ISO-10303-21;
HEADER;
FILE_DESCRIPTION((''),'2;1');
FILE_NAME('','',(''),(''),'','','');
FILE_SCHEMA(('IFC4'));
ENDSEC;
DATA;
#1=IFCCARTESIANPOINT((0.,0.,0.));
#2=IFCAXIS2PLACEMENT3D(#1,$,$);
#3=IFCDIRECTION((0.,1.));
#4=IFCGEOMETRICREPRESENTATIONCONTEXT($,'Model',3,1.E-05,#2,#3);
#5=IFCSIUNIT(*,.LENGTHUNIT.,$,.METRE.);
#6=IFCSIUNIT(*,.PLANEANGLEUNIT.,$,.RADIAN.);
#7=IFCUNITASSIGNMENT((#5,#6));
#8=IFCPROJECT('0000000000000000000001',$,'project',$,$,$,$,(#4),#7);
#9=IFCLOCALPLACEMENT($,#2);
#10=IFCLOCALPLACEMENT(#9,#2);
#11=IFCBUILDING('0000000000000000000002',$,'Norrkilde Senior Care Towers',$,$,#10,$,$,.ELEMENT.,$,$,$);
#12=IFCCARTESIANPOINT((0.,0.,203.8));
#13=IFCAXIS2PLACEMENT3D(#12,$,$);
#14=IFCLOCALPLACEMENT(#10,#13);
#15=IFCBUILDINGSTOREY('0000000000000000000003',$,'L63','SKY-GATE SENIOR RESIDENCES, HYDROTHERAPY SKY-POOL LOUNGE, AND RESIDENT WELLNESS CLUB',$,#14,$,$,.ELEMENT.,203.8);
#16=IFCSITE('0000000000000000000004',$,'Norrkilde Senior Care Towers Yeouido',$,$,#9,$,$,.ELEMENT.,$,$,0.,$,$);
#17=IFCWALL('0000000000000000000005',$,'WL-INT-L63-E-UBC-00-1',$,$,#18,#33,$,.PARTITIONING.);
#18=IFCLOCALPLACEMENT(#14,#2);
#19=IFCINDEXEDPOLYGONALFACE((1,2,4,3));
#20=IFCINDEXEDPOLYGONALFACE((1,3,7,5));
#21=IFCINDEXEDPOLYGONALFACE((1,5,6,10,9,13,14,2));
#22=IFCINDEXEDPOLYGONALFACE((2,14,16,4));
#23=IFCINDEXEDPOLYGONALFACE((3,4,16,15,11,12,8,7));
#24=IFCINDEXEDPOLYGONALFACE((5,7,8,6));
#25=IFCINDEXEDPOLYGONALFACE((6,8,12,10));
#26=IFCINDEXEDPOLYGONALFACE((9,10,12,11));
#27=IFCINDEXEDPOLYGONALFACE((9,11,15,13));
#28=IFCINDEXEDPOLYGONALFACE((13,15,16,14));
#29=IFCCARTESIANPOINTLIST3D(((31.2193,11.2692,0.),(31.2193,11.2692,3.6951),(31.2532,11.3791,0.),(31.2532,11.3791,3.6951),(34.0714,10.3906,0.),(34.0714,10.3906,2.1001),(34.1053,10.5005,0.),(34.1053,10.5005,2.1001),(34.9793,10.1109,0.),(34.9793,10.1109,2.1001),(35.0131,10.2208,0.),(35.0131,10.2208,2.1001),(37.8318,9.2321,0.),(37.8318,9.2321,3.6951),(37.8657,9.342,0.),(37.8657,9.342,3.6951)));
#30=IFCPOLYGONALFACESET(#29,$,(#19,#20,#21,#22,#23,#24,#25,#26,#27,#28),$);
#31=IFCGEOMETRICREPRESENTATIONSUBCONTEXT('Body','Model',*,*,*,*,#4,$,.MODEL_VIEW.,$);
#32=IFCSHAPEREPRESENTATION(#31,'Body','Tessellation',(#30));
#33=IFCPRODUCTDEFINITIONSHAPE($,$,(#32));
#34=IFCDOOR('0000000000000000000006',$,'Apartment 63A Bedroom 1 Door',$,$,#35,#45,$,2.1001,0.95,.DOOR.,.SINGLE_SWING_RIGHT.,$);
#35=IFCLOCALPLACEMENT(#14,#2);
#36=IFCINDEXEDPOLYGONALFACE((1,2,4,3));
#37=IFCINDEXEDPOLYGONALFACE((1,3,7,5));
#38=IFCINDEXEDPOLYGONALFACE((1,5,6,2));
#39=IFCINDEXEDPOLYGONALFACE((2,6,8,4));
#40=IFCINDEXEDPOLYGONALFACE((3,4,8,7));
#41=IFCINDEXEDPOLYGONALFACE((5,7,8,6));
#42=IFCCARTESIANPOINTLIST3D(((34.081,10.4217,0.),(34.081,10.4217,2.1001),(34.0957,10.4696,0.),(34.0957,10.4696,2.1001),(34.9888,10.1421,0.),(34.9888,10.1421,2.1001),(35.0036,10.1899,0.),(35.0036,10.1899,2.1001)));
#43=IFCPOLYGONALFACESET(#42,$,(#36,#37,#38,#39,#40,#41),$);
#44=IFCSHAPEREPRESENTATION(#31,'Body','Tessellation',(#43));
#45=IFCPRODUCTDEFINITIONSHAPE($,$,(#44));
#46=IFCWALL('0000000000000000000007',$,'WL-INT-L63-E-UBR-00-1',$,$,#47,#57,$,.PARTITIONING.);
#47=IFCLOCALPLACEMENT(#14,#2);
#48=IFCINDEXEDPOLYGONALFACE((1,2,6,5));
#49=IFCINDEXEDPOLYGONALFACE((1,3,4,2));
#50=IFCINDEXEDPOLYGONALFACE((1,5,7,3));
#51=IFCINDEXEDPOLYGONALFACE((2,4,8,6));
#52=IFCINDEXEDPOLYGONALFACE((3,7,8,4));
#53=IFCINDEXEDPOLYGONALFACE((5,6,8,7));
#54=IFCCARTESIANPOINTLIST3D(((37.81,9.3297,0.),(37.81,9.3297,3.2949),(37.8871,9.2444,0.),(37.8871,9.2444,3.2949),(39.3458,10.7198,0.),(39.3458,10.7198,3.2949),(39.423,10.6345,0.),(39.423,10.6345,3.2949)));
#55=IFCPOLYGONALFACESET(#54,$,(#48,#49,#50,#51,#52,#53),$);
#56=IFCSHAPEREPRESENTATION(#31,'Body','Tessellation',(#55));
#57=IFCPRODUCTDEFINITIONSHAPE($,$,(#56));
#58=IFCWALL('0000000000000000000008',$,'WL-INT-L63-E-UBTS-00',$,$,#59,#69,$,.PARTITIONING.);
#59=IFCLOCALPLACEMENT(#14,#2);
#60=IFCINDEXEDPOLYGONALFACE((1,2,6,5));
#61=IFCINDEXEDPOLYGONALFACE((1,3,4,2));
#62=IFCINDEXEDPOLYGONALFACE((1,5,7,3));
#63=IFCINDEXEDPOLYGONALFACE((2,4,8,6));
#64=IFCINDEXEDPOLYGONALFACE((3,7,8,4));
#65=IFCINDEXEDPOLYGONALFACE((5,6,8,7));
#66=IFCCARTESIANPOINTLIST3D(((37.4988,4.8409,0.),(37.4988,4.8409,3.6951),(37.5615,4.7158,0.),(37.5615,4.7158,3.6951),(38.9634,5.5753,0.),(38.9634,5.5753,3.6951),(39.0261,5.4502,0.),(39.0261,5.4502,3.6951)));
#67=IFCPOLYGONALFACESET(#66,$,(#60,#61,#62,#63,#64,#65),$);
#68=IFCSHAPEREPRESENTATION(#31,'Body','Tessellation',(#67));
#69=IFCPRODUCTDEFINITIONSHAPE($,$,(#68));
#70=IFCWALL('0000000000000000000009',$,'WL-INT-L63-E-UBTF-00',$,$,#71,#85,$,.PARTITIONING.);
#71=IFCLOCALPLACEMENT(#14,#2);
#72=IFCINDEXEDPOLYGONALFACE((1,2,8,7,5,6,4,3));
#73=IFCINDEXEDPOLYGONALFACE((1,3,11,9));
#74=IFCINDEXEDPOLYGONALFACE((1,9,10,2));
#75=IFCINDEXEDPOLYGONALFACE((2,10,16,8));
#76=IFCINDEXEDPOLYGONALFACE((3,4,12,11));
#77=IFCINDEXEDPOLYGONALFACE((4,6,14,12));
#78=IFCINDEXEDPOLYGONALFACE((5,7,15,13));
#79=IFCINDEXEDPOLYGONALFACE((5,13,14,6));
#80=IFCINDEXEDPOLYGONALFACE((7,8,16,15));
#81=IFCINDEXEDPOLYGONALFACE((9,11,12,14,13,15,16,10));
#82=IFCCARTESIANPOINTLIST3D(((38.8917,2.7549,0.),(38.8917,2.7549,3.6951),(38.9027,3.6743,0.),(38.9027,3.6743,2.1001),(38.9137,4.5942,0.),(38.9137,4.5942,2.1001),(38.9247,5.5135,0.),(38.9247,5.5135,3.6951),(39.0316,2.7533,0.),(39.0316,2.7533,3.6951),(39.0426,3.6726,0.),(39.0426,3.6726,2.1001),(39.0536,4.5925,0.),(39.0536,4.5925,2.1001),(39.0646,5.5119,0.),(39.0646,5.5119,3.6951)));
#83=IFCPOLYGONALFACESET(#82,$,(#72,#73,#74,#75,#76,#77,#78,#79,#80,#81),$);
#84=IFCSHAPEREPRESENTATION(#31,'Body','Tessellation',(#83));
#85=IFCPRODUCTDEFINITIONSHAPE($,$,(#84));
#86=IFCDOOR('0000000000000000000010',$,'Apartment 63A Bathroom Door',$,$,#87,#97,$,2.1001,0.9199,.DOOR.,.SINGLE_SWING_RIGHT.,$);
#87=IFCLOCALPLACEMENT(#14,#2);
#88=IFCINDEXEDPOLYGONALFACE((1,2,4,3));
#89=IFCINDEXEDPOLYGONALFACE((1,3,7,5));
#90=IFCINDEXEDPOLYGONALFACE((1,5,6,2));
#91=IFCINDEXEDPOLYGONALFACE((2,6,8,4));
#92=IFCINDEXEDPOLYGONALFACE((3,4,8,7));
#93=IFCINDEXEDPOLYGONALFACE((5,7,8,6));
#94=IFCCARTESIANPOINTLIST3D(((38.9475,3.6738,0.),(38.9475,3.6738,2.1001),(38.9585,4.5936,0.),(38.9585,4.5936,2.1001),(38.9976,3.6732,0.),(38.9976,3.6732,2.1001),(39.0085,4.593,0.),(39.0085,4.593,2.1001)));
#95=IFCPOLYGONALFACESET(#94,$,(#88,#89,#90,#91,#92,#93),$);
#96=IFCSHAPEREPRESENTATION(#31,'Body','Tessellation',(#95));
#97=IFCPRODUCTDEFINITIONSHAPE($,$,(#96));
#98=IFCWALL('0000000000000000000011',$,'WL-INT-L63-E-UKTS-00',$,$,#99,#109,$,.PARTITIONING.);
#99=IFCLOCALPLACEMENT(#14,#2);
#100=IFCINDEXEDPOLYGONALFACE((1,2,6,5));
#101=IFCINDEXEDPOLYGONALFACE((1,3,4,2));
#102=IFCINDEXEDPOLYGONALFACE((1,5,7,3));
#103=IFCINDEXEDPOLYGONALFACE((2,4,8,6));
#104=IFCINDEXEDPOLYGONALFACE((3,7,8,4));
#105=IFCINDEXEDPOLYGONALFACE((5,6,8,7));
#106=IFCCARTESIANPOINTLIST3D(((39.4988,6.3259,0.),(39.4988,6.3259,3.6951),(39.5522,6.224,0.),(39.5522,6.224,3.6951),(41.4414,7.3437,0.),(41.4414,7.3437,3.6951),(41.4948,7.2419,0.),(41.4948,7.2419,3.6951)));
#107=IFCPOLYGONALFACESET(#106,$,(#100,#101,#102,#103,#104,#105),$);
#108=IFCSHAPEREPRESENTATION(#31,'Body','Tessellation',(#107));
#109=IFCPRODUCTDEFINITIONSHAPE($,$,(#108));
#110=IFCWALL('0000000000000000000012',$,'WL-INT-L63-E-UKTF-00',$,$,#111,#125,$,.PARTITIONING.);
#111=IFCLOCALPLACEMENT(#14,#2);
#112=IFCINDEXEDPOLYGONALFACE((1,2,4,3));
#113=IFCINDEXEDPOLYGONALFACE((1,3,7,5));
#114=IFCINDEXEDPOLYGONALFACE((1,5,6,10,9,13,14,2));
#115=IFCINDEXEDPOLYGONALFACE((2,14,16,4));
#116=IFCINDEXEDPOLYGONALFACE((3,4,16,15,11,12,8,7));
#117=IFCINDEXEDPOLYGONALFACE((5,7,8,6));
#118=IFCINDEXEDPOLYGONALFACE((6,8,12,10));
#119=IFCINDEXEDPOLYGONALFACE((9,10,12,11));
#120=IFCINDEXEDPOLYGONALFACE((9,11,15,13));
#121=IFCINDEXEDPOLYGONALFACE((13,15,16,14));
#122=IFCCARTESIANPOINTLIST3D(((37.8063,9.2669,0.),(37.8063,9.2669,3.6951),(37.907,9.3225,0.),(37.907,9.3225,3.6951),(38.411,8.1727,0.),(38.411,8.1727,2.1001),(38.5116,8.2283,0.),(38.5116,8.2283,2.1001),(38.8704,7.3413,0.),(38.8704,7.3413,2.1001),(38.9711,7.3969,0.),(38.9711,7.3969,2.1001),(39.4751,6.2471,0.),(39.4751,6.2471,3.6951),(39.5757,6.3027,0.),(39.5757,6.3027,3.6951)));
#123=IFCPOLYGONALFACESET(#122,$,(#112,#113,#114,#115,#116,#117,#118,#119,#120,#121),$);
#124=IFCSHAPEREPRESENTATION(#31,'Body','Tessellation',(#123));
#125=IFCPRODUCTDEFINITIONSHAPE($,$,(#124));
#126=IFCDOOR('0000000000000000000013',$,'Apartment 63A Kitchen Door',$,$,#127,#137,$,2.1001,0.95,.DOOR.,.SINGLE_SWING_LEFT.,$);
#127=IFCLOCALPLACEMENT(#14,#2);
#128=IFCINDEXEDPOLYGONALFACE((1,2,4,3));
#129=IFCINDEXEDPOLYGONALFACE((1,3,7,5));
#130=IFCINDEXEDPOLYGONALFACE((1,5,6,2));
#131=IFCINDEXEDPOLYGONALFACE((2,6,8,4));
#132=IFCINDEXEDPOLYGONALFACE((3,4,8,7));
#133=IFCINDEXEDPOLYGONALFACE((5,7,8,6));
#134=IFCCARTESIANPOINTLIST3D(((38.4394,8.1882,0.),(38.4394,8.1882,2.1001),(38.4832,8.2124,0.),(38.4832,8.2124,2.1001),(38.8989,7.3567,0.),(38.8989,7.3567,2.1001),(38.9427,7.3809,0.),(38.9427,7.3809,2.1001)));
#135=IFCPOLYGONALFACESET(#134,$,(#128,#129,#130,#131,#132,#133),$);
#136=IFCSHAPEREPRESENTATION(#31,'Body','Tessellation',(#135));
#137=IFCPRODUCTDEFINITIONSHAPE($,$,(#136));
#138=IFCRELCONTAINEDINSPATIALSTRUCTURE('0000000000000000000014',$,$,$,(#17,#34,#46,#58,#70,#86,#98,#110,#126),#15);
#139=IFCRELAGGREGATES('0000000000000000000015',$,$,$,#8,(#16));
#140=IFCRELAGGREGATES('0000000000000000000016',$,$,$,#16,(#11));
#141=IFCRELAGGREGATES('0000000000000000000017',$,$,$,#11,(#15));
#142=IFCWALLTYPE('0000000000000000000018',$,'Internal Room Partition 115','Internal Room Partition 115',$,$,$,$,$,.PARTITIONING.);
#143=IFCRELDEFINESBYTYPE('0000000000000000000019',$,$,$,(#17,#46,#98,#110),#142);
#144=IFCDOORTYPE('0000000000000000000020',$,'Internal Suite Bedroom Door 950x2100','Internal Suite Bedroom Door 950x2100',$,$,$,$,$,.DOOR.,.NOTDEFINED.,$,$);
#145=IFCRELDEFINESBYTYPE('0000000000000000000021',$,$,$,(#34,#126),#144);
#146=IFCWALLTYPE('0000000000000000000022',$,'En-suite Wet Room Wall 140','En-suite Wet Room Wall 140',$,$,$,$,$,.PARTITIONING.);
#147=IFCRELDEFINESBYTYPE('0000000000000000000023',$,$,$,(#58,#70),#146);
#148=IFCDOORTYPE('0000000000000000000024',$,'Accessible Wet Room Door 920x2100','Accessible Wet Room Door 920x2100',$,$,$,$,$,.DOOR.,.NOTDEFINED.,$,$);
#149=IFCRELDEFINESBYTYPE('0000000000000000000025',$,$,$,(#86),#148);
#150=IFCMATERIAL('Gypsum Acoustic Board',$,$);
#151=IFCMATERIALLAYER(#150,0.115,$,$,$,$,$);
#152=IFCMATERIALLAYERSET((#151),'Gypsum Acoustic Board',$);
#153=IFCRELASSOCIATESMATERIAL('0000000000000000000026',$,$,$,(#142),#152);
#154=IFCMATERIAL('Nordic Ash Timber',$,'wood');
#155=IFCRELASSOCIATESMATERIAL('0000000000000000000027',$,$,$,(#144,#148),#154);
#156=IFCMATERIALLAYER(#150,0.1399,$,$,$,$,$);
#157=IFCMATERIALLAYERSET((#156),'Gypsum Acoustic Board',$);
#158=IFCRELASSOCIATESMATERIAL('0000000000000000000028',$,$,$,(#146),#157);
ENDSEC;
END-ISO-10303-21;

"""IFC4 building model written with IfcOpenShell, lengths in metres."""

from ifc_helpers import new_model, si_unit, direction, frame, frame_2d, origin, place, context, subcontext, project, spatial, rectangle, extrude, source, transform, mapped, material, layer, layer_set, type_object, type_shapes, element, fill, save


model = new_model("IFC4")

# Units and contexts
model_context = context("Model", 3, precision=1e-05, world=origin(), true_north=direction((0.0, 1.0)))
body_context = subcontext(model_context, "Body", "Model", "MODEL_VIEW")
ifc_project = project(units=[si_unit("LENGTHUNIT", "METRE"), si_unit("PLANEANGLEUNIT", "RADIAN")], contexts=[model_context])

# Site, building, storey
site_placement = place(None, origin())
site = spatial("IfcSite", under=ifc_project, at=site_placement, Name="Norrkilde Senior Care Towers Yeouido", CompositionType="ELEMENT", RefElevation=0.0)
building_placement = place(site_placement, origin())
building = spatial("IfcBuilding", under=site, at=building_placement, Name="Norrkilde Senior Care Towers", CompositionType="ELEMENT")
storey_placement = place(building_placement, frame((0.0, 0.0, 203.8)))
storey = spatial("IfcBuildingStorey", under=building, at=storey_placement, Name="L63", Description="SKY-GATE SENIOR RESIDENCES, HYDROTHERAPY SKY-POOL LOUNGE, AND RESIDENT WELLNESS CLUB", CompositionType="ELEMENT", Elevation=203.8)

# Shared definitions
ifc_material_1 = material(Name="Gypsum Acoustic Board")

# Wall, opening, door
ifc_layer_1 = layer(ifc_material_1, 0.115)
ifc_layer_set_1 = layer_set([ifc_layer_1], Name="Gypsum Acoustic Board")
wall_type_1 = type_object("IfcWallType", Name="Internal Room Partition 115", Description="Internal Room Partition 115", PredefinedType="PARTITIONING", material=ifc_layer_set_1)
shared_shape_1 = source(origin(), body_context, "Body", "SweptSolid", [
    extrude(rectangle(XDim=6.9192, YDim=0.115, at=frame_2d((3.4595, 0.0))), origin(), (0.0, 0.0, 1.0), 3.6951),
])
wall_1_placement = place(storey_placement, frame((37.8486, 9.2871, 0.0), z_axis=(0.0, 0.0, 1.0), x_axis=(-0.955678, 0.294413, 0.0)))
wall_1 = element("IfcWall", 1, at=wall_1_placement, inside=storey, type_object=wall_type_1, Name="WL-INT-L63-E-UBC-00-1", PredefinedType="PARTITIONING", context=body_context, shape_type="MappedRepresentation", body=[
    mapped(shared_shape_1, transform((0.0, 0.0, 0.0), x_axis=(1.0, 0.0, 0.0), y_axis=(0.0, 1.0, 0.0), z_axis=(0.0, 0.0, 1.0), scale=1.0)),
])
opening_1_placement = place(wall_1_placement, frame((2.9846, 0.0, 0.0)))
opening_1 = element("IfcOpeningElement", 2, at=opening_1_placement, cuts=wall_1, PredefinedType="OPENING", context=body_context, shape_type="SweptSolid", body=[
    extrude(rectangle(XDim=0.95, YDim=2.1001, at=frame_2d((0.4751, 1.05))), frame((0.0, 0.0674, 0.0), z_axis=(0.0, -1.0, 0.0), x_axis=(1.0, 0.0, 0.0)), (0.0, 0.0, 1.0), 0.135),
])
ifc_material_2 = material(Name="Nordic Ash Timber", Category="wood")
door_type_1 = type_object("IfcDoorType", Name="Internal Suite Bedroom Door 950x2100", Description="Internal Suite Bedroom Door 950x2100", OperationType="NOTDEFINED", PredefinedType="DOOR", material=ifc_material_2)
shared_shape_2 = source(origin(), body_context, "Body", "SweptSolid", [
    extrude(rectangle(XDim=0.95, YDim=2.1001, at=frame_2d((0.4751, 1.05))), frame((0.0, 0.0249, 0.0), z_axis=(0.0, -1.0, 0.0), x_axis=(1.0, 0.0, 0.0)), (0.0, 0.0, 1.0), 0.05),
])
type_shapes(door_type_1, [shared_shape_2])
door_1_placement = place(opening_1_placement, origin())
door_1 = element("IfcDoor", 3, at=door_1_placement, inside=storey, type_object=door_type_1, Name="Apartment 63A Bedroom 1 Door", OperationType="SINGLE_SWING_RIGHT", OverallHeight=2.1001, OverallWidth=0.95, PredefinedType="DOOR", context=body_context, shape_type="MappedRepresentation", body=[
    mapped(shared_shape_2, transform((0.0, 0.0, 0.0), x_axis=(1.0, 0.0, 0.0), y_axis=(0.0, 1.0, 0.0), z_axis=(0.0, 0.0, 1.0), scale=1.0)),
])
fill(opening_1, door_1)

# Walls
shared_shape_3 = source(origin(), body_context, "Body", "SweptSolid", [
    extrude(rectangle(XDim=2.0715, YDim=0.115, at=frame_2d((1.0356, 0.0))), origin(), (0.0, 0.0, 1.0), 3.2949),
])
wall_2_placement = place(storey_placement, frame((37.8486, 9.2871, 0.0), z_axis=(0.0, 0.0, 1.0), x_axis=(0.74141, 0.671052, 0.0)))
element("IfcWall", 4, at=wall_2_placement, inside=storey, type_object=wall_type_1, Name="WL-INT-L63-E-UBR-00-1", PredefinedType="PARTITIONING", context=body_context, shape_type="MappedRepresentation", body=[
    mapped(shared_shape_3, transform((0.0, 0.0, 0.0), x_axis=(1.0, 0.0, 0.0), y_axis=(0.0, 1.0, 0.0), z_axis=(0.0, 0.0, 1.0), scale=1.0)),
])
ifc_layer_2 = layer(ifc_material_1, 0.1399)
ifc_layer_set_2 = layer_set([ifc_layer_2], Name="Gypsum Acoustic Board")
wall_type_2 = type_object("IfcWallType", Name="En-suite Wet Room Wall 140", Description="En-suite Wet Room Wall 140", PredefinedType="PARTITIONING", material=ifc_layer_set_2)
shared_shape_4 = source(origin(), body_context, "Body", "SweptSolid", [
    extrude(rectangle(XDim=1.6384, YDim=0.1399, at=frame_2d((0.8193, 0.0))), origin(), (0.0, 0.0, 1.0), 3.6951),
])
wall_3_placement = place(storey_placement, frame((37.53, 4.7783, 0.0), z_axis=(0.0, 0.0, 1.0), x_axis=(0.89392, 0.448227, 0.0)))
element("IfcWall", 5, at=wall_3_placement, inside=storey, type_object=wall_type_2, Name="WL-INT-L63-E-UBTS-00", PredefinedType="PARTITIONING", context=body_context, shape_type="MappedRepresentation", body=[
    mapped(shared_shape_4, transform((0.0, 0.0, 0.0), x_axis=(1.0, 0.0, 0.0), y_axis=(0.0, 1.0, 0.0), z_axis=(0.0, 0.0, 1.0), scale=1.0)),
])

# Wall, opening, door
shared_shape_5 = source(origin(), body_context, "Body", "SweptSolid", [
    extrude(rectangle(XDim=2.7588, YDim=0.1399, at=frame_2d((1.3794, 0.0))), origin(), (0.0, 0.0, 1.0), 3.6951),
])
type_shapes(wall_type_2, [shared_shape_4, shared_shape_5])
wall_4_placement = place(storey_placement, frame((38.9946, 5.5127, 0.0), z_axis=(0.0, 0.0, 1.0), x_axis=(-0.011947, -0.999929, 0.0)))
wall_4 = element("IfcWall", 6, at=wall_4_placement, inside=storey, type_object=wall_type_2, Name="WL-INT-L63-E-UBTF-00", PredefinedType="PARTITIONING", context=body_context, shape_type="MappedRepresentation", body=[
    mapped(shared_shape_5, transform((0.0, 0.0, 0.0), x_axis=(1.0, 0.0, 0.0), y_axis=(0.0, 1.0, 0.0), z_axis=(0.0, 0.0, 1.0), scale=1.0)),
])
opening_2_placement = place(wall_4_placement, frame((0.9194, 0.0, 0.0)))
opening_2 = element("IfcOpeningElement", 7, at=opening_2_placement, cuts=wall_4, PredefinedType="OPENING", context=body_context, shape_type="SweptSolid", body=[
    extrude(rectangle(XDim=0.9199, YDim=2.1001, at=frame_2d((0.46, 1.05))), frame((0.0, 0.0798, 0.0), z_axis=(0.0, -1.0, 0.0), x_axis=(1.0, 0.0, 0.0)), (0.0, 0.0, 1.0), 0.1599),
])
door_type_2 = type_object("IfcDoorType", Name="Accessible Wet Room Door 920x2100", Description="Accessible Wet Room Door 920x2100", OperationType="NOTDEFINED", PredefinedType="DOOR", material=ifc_material_2)
shared_shape_6 = source(origin(), body_context, "Body", "SweptSolid", [
    extrude(rectangle(XDim=0.9199, YDim=2.1001, at=frame_2d((0.46, 1.05))), frame((0.0, 0.0249, 0.0), z_axis=(0.0, -1.0, 0.0), x_axis=(1.0, 0.0, 0.0)), (0.0, 0.0, 1.0), 0.05),
])
type_shapes(door_type_2, [shared_shape_6])
door_2_placement = place(opening_2_placement, origin())
door_2 = element("IfcDoor", 8, at=door_2_placement, inside=storey, type_object=door_type_2, Name="Apartment 63A Bathroom Door", OperationType="SINGLE_SWING_RIGHT", OverallHeight=2.1001, OverallWidth=0.9199, PredefinedType="DOOR", context=body_context, shape_type="MappedRepresentation", body=[
    mapped(shared_shape_6, transform((0.0, 0.0, 0.0), x_axis=(1.0, 0.0, 0.0), y_axis=(0.0, 1.0, 0.0), z_axis=(0.0, 0.0, 1.0), scale=1.0)),
])
fill(opening_2, door_2)

# Wall
shared_shape_7 = source(origin(), body_context, "Body", "SweptSolid", [
    extrude(rectangle(XDim=2.1931, YDim=0.115, at=frame_2d((1.0967, 0.0))), origin(), (0.0, 0.0, 1.0), 3.6951),
])
wall_5_placement = place(storey_placement, frame((39.5254, 6.2749, 0.0), z_axis=(0.0, 0.0, 1.0), x_axis=(0.885784, 0.464099, 0.0)))
element("IfcWall", 9, at=wall_5_placement, inside=storey, type_object=wall_type_1, Name="WL-INT-L63-E-UKTS-00", PredefinedType="PARTITIONING", context=body_context, shape_type="MappedRepresentation", body=[
    mapped(shared_shape_7, transform((0.0, 0.0, 0.0), x_axis=(1.0, 0.0, 0.0), y_axis=(0.0, 1.0, 0.0), z_axis=(0.0, 0.0, 1.0), scale=1.0)),
])

# Wall, opening, door
shared_shape_8 = source(origin(), body_context, "Body", "SweptSolid", [
    extrude(rectangle(XDim=3.4502, YDim=0.115, at=frame_2d((1.7251, 0.0))), origin(), (0.0, 0.0, 1.0), 3.6951),
])
type_shapes(wall_type_1, [shared_shape_1, shared_shape_3, shared_shape_7, shared_shape_8])
wall_6_placement = place(storey_placement, frame((39.5254, 6.2749, 0.0), z_axis=(0.0, 0.0, 1.0), x_axis=(-0.483659, 0.875257, 0.0)))
wall_6 = element("IfcWall", 10, at=wall_6_placement, inside=storey, type_object=wall_type_1, Name="WL-INT-L63-E-UKTF-00", PredefinedType="PARTITIONING", context=body_context, shape_type="MappedRepresentation", body=[
    mapped(shared_shape_8, transform((0.0, 0.0, 0.0), x_axis=(1.0, 0.0, 0.0), y_axis=(0.0, 1.0, 0.0), z_axis=(0.0, 0.0, 1.0), scale=1.0)),
])
opening_3_placement = place(wall_6_placement, frame((1.25, 0.0, 0.0)))
opening_3 = element("IfcOpeningElement", 11, at=opening_3_placement, cuts=wall_6, PredefinedType="OPENING", context=body_context, shape_type="SweptSolid", body=[
    extrude(rectangle(XDim=0.95, YDim=2.1001, at=frame_2d((0.4751, 1.05))), frame((0.0, 0.0674, 0.0), z_axis=(0.0, -1.0, 0.0), x_axis=(1.0, 0.0, 0.0)), (0.0, 0.0, 1.0), 0.135),
])
door_3_placement = place(opening_3_placement, frame((0.95, 0.0, 0.0), z_axis=(0.0, 0.0, 1.0), x_axis=(-1.0, 0.0, 0.0)))
door_3 = element("IfcDoor", 12, at=door_3_placement, inside=storey, type_object=door_type_1, Name="Apartment 63A Kitchen Door", OperationType="SINGLE_SWING_LEFT", OverallHeight=2.1001, OverallWidth=0.95, PredefinedType="DOOR", context=body_context, shape_type="MappedRepresentation", body=[
    mapped(shared_shape_2, transform((0.0, 0.0, 0.0), x_axis=(1.0, 0.0, 0.0), y_axis=(0.0, 1.0, 0.0), z_axis=(0.0, 0.0, 1.0), scale=1.0)),
])
fill(opening_3, door_3)

save(model, "model.ifc")
